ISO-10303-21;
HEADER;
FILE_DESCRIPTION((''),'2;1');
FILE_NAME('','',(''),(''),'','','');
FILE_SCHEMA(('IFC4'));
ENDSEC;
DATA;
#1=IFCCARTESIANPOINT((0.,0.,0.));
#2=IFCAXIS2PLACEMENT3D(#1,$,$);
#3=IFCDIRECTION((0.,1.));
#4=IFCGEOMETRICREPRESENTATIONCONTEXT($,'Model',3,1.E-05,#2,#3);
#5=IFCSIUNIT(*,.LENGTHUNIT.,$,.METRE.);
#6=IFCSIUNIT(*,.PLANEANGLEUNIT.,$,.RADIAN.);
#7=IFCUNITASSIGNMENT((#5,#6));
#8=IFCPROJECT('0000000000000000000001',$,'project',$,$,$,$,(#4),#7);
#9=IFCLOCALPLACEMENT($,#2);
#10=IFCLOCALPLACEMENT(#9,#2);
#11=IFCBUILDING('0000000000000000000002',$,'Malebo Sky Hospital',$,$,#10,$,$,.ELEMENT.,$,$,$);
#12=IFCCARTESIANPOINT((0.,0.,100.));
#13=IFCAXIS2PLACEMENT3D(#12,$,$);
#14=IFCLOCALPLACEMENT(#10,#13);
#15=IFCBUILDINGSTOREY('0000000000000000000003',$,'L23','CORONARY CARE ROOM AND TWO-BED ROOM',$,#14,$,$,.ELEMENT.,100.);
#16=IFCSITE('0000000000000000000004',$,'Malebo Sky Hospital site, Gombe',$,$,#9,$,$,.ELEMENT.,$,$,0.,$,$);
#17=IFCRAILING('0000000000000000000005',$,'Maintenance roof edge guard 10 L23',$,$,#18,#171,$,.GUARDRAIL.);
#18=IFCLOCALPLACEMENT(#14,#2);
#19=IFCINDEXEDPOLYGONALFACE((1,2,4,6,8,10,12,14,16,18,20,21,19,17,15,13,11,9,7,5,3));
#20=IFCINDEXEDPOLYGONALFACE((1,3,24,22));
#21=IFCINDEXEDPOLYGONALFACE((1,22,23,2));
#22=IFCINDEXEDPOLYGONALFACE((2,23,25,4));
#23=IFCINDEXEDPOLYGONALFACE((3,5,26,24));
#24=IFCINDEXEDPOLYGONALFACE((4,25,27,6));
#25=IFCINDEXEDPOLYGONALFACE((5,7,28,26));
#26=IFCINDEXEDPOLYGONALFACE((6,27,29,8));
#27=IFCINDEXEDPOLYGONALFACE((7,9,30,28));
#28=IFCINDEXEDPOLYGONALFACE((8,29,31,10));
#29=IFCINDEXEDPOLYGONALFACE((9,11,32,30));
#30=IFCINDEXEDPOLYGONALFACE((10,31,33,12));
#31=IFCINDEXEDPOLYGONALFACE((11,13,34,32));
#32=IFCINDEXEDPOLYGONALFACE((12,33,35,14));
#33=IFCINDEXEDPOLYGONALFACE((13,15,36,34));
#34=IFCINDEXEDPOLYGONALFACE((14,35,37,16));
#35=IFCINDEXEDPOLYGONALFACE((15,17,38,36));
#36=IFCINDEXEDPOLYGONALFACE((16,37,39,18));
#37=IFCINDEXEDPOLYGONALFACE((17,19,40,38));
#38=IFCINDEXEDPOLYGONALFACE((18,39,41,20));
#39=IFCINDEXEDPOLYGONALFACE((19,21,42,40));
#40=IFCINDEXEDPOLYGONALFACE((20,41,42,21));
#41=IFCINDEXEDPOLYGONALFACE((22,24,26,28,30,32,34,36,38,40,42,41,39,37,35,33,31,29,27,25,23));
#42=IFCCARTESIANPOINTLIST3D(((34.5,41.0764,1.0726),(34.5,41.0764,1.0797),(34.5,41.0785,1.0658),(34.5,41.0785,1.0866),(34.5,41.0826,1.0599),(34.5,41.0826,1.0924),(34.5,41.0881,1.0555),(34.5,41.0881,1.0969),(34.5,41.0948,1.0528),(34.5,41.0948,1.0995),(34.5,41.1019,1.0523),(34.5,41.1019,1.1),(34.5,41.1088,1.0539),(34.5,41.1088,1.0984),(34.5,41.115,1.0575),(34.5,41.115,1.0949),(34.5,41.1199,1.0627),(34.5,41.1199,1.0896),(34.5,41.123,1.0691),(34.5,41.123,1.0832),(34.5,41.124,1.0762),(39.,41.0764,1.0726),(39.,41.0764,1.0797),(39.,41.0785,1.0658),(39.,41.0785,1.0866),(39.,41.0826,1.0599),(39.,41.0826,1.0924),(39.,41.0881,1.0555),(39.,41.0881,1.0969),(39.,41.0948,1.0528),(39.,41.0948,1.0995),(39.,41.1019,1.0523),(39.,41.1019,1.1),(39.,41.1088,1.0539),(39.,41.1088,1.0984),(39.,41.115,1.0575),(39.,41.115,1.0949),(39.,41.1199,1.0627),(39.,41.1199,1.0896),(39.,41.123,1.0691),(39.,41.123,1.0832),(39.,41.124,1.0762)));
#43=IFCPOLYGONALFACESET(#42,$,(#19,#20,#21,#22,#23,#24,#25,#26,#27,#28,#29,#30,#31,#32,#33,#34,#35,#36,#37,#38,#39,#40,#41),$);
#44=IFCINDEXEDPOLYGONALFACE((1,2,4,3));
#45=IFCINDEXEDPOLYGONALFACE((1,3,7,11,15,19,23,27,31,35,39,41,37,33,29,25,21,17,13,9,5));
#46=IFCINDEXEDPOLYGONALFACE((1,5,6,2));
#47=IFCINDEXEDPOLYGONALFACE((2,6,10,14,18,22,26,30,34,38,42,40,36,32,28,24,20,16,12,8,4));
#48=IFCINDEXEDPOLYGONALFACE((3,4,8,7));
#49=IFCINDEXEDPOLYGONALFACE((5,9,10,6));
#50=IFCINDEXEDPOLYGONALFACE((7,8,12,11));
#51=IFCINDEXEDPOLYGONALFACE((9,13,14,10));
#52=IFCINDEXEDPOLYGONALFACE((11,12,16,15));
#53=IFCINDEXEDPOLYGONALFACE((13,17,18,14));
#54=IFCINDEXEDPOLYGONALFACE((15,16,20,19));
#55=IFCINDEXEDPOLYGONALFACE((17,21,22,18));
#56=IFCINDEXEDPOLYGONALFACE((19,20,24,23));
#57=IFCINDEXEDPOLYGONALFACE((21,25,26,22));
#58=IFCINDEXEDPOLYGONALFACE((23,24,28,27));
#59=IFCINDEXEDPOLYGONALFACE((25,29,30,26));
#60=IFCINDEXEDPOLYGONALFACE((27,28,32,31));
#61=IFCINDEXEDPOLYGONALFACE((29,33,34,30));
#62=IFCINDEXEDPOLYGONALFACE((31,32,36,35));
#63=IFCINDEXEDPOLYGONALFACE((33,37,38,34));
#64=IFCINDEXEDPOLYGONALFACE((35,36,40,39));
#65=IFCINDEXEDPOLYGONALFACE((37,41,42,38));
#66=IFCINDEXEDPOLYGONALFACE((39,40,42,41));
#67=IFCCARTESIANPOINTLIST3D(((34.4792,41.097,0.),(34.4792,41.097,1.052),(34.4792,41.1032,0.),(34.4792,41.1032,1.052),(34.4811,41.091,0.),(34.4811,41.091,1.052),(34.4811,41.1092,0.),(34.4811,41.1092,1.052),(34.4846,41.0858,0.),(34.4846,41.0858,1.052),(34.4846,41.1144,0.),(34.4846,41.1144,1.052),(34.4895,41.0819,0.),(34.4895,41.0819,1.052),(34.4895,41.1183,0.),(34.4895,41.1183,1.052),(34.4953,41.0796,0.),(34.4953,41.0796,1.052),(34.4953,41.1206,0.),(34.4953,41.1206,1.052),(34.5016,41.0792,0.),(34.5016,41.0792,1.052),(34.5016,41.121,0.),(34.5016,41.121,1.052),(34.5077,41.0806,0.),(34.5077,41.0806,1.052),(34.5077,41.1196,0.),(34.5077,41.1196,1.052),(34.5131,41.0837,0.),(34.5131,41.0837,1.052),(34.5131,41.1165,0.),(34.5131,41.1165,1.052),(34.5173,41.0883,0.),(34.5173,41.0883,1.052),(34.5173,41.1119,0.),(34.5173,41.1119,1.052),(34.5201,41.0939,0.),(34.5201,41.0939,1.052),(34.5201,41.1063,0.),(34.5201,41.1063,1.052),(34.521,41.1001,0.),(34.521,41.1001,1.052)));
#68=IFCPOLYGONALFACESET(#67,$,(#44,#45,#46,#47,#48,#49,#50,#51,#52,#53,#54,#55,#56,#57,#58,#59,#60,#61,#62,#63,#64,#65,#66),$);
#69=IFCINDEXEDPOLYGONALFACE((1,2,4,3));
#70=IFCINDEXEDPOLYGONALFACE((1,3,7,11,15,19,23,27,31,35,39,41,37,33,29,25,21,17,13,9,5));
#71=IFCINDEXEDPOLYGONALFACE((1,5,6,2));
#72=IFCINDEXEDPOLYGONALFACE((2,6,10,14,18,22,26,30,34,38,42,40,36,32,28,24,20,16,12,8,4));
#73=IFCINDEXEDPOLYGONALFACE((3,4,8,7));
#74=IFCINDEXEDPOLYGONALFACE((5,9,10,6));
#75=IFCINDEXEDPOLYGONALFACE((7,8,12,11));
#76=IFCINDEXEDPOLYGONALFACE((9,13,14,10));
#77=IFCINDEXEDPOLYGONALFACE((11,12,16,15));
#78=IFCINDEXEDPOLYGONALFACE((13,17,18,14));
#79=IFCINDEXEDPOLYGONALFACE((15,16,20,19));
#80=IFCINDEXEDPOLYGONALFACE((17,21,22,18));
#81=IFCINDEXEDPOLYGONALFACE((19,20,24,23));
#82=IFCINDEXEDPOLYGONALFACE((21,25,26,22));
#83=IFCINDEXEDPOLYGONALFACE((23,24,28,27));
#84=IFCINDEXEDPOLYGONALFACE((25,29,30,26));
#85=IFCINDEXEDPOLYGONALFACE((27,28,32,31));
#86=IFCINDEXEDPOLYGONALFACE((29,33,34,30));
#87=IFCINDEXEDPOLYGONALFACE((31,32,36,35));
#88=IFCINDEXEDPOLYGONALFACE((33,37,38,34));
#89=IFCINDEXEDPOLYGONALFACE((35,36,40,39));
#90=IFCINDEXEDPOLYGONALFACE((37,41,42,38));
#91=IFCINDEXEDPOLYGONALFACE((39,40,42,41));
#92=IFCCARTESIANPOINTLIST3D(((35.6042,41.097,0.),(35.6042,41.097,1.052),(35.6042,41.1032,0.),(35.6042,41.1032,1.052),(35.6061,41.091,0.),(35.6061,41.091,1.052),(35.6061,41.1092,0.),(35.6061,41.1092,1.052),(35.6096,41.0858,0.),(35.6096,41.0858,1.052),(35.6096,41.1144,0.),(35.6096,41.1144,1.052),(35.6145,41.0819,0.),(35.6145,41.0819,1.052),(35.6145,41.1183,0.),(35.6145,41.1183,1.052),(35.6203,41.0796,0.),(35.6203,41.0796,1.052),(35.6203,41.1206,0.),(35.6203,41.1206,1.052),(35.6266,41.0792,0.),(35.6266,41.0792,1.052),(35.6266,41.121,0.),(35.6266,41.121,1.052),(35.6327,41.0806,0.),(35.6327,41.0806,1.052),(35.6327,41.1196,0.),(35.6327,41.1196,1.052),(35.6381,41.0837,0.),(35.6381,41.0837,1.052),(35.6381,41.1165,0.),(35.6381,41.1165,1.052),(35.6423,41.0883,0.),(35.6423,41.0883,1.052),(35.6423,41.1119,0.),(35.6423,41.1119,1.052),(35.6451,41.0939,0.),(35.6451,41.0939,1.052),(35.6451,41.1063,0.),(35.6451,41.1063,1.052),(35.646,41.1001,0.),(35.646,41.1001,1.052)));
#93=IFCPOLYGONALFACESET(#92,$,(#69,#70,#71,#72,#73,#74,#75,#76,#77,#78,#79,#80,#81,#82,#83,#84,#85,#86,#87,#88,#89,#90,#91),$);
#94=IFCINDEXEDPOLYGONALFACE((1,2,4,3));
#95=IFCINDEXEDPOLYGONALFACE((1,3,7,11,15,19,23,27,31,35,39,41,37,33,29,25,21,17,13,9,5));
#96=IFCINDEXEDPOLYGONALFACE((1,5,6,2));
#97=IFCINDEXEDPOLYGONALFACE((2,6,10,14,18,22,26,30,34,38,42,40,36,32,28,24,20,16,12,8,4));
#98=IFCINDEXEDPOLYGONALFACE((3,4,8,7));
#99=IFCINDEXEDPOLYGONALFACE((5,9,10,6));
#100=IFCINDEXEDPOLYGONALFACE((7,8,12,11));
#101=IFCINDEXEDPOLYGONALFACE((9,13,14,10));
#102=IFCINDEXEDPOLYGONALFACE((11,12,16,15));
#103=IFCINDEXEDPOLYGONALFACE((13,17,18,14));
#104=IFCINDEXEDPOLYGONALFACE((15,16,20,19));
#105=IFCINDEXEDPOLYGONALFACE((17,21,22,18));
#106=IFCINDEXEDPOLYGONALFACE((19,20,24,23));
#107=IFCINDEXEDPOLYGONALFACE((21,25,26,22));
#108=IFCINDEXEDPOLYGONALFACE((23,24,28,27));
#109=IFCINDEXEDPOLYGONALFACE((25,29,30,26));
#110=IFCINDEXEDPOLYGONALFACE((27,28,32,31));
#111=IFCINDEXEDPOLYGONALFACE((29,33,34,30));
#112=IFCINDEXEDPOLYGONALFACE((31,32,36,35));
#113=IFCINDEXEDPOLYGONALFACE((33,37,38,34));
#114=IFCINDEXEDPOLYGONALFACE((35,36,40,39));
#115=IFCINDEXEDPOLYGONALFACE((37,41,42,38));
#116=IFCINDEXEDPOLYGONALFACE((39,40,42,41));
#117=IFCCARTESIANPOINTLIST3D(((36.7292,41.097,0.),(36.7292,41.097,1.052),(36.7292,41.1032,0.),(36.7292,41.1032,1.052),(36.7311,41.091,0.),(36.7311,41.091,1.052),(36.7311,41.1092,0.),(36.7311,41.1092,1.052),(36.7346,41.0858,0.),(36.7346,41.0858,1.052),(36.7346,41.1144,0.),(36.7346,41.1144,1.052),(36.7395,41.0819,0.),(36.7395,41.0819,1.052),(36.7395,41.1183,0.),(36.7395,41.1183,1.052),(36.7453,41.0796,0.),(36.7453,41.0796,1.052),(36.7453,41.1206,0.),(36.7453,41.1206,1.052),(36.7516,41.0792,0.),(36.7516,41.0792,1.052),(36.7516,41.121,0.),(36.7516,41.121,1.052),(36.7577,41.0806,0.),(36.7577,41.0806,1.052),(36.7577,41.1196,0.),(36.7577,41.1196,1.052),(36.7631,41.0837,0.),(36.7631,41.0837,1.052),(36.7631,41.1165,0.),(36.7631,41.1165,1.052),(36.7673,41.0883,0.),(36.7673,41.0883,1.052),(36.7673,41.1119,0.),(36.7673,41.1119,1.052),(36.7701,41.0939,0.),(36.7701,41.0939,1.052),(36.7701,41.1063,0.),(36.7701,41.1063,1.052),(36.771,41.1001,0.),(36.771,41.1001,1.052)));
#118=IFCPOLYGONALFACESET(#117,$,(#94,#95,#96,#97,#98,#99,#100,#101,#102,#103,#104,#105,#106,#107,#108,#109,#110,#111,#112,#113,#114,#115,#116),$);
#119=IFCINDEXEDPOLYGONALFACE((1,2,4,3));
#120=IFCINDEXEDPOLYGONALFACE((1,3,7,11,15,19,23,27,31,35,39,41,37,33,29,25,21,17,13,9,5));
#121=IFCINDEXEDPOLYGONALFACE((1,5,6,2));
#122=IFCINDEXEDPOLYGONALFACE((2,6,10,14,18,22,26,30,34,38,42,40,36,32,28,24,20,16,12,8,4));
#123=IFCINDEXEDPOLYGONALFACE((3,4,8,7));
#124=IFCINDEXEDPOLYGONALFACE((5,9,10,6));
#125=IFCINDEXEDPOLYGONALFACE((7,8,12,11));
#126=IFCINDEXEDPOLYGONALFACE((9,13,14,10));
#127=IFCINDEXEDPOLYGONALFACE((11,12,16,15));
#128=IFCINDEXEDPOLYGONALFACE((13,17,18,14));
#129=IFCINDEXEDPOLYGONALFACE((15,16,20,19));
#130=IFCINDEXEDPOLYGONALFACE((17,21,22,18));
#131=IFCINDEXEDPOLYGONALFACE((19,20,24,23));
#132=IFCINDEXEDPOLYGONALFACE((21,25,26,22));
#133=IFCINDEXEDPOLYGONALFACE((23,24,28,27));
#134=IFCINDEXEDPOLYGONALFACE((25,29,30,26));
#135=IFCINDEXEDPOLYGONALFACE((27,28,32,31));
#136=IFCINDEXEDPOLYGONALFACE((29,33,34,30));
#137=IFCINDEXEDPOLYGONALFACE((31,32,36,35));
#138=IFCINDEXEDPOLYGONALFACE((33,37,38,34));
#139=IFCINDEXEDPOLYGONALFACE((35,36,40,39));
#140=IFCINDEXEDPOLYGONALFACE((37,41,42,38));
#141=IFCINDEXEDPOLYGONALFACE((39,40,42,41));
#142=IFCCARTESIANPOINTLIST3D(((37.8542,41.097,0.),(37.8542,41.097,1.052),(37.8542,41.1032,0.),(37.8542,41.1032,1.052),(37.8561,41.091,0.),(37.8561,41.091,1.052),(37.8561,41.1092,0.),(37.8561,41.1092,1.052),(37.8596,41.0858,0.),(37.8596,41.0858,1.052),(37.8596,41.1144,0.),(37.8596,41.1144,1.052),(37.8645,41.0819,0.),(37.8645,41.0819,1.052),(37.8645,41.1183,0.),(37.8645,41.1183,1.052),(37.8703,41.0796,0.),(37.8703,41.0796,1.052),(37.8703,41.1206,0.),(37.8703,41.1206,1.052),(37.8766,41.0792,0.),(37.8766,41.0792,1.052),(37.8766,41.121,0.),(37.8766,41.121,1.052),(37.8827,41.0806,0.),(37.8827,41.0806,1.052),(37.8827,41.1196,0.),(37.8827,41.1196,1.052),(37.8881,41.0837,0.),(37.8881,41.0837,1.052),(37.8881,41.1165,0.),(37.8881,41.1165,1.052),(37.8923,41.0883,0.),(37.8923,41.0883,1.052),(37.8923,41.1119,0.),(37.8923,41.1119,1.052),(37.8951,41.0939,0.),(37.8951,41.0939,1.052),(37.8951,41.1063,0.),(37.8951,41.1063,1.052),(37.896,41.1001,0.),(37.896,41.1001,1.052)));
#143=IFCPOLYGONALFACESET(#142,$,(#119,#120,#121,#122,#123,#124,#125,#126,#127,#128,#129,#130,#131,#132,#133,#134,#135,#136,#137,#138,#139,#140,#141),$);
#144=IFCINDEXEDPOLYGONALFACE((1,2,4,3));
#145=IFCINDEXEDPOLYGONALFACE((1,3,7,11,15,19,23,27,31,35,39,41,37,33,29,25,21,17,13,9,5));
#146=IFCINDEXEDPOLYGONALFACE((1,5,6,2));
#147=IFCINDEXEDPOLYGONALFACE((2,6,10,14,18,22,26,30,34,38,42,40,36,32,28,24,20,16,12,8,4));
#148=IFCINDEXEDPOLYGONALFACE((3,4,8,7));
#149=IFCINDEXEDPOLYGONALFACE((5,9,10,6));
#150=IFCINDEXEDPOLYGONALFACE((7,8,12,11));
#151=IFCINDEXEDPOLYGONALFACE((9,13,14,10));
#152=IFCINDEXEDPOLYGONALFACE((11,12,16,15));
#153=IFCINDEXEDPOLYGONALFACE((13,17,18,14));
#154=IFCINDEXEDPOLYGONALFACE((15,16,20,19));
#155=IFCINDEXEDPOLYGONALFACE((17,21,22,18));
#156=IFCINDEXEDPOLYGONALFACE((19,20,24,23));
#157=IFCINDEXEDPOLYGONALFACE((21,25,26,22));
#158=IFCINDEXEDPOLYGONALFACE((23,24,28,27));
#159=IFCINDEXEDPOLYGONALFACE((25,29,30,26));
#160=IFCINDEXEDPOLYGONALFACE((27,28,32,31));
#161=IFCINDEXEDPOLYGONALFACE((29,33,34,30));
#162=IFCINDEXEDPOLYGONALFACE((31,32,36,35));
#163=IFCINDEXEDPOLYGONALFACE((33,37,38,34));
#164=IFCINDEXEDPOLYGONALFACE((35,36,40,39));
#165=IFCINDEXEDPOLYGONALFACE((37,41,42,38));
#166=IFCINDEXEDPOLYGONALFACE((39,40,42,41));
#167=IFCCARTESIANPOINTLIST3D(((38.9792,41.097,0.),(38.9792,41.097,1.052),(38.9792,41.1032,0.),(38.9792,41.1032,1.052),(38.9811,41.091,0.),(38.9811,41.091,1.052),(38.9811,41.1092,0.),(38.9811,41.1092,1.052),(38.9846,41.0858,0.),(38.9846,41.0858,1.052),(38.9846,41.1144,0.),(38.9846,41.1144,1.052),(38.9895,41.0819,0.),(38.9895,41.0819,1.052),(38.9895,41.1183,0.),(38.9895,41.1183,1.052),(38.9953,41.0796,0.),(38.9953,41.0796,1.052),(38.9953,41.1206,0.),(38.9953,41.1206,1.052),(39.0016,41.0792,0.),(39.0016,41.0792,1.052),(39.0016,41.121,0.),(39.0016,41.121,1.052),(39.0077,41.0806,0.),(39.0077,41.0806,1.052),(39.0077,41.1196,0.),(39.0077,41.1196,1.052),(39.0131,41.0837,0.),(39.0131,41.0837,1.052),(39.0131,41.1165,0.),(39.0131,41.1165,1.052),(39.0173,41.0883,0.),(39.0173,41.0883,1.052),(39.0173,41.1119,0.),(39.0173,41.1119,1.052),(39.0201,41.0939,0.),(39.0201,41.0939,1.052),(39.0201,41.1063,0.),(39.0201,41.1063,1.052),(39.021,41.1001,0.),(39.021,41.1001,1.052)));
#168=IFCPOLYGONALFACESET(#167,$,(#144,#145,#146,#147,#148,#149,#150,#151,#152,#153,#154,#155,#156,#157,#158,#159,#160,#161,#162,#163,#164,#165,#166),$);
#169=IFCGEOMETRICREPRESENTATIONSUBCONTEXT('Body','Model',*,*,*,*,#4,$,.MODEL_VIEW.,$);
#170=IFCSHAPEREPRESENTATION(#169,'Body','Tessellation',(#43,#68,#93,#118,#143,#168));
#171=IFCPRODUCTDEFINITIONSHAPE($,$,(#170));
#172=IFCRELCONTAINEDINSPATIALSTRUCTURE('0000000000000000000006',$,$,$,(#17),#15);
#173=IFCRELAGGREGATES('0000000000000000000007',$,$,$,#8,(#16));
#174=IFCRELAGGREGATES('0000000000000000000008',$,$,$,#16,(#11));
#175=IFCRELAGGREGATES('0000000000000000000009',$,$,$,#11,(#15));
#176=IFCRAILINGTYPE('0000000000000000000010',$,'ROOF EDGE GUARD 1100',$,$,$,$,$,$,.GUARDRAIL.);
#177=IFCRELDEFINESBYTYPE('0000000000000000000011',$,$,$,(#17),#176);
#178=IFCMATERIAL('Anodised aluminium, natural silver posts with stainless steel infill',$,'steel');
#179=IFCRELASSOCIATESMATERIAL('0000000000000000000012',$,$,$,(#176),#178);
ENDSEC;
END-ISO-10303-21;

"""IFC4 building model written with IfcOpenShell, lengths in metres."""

from ifc_helpers import new_model, si_unit, direction, frame, origin, origin_2d, place, context, subcontext, project, spatial, circle, extrude, material, type_object, element, save


model = new_model("IFC4")

# Units and contexts
model_context = context("Model", 3, precision=1e-05, world=origin(), true_north=direction((0.0, 1.0)))
body_context = subcontext(model_context, "Body", "Model", "MODEL_VIEW")
ifc_project = project(units=[si_unit("LENGTHUNIT", "METRE"), si_unit("PLANEANGLEUNIT", "RADIAN")], contexts=[model_context])

# Site, building, storey
site_placement = place(None, origin())
site = spatial("IfcSite", under=ifc_project, at=site_placement, Name="Malebo Sky Hospital site, Gombe", CompositionType="ELEMENT", RefElevation=0.0)
building_placement = place(site_placement, origin())
building = spatial("IfcBuilding", under=site, at=building_placement, Name="Malebo Sky Hospital", CompositionType="ELEMENT")
storey_placement = place(building_placement, frame((0.0, 0.0, 100.0)))
storey = spatial("IfcBuildingStorey", under=building, at=storey_placement, Name="L23", Description="CORONARY CARE ROOM AND TWO-BED ROOM", CompositionType="ELEMENT", Elevation=100.0)

# Railing
ifc_material_1 = material(Name="Anodised aluminium, natural silver posts with stainless steel infill", Category="steel")
railing_type = type_object("IfcRailingType", Name="ROOF EDGE GUARD 1100", PredefinedType="GUARDRAIL", material=ifc_material_1)
railing_1_placement = place(storey_placement, frame((34.5, 41.1001, 0.0)))
element("IfcRailing", 1, at=railing_1_placement, inside=storey, type_object=railing_type, Name="Maintenance roof edge guard 10 L23", PredefinedType="GUARDRAIL", context=body_context, shape_type="SweptSolid", body=[
    extrude(circle(Radius=0.0239, at=origin_2d()), frame((0.0, 0.0, 1.0762), z_axis=(1.0, 0.0, 0.0), x_axis=(0.0, 1.0, 0.0)), (0.0, 0.0, 1.0), 4.5),
    extrude(circle(Radius=0.021, at=origin_2d()), origin(), (0.0, 0.0, 1.0), 1.052),
    extrude(circle(Radius=0.021, at=origin_2d()), frame((1.125, 0.0, 0.0)), (0.0, 0.0, 1.0), 1.052),
    extrude(circle(Radius=0.021, at=origin_2d()), frame((2.25, 0.0, 0.0)), (0.0, 0.0, 1.0), 1.052),
    extrude(circle(Radius=0.021, at=origin_2d()), frame((3.375, 0.0, 0.0)), (0.0, 0.0, 1.0), 1.052),
    extrude(circle(Radius=0.021, at=origin_2d()), frame((4.5, 0.0, 0.0)), (0.0, 0.0, 1.0), 1.052),
])

save(model, "model.ifc")
